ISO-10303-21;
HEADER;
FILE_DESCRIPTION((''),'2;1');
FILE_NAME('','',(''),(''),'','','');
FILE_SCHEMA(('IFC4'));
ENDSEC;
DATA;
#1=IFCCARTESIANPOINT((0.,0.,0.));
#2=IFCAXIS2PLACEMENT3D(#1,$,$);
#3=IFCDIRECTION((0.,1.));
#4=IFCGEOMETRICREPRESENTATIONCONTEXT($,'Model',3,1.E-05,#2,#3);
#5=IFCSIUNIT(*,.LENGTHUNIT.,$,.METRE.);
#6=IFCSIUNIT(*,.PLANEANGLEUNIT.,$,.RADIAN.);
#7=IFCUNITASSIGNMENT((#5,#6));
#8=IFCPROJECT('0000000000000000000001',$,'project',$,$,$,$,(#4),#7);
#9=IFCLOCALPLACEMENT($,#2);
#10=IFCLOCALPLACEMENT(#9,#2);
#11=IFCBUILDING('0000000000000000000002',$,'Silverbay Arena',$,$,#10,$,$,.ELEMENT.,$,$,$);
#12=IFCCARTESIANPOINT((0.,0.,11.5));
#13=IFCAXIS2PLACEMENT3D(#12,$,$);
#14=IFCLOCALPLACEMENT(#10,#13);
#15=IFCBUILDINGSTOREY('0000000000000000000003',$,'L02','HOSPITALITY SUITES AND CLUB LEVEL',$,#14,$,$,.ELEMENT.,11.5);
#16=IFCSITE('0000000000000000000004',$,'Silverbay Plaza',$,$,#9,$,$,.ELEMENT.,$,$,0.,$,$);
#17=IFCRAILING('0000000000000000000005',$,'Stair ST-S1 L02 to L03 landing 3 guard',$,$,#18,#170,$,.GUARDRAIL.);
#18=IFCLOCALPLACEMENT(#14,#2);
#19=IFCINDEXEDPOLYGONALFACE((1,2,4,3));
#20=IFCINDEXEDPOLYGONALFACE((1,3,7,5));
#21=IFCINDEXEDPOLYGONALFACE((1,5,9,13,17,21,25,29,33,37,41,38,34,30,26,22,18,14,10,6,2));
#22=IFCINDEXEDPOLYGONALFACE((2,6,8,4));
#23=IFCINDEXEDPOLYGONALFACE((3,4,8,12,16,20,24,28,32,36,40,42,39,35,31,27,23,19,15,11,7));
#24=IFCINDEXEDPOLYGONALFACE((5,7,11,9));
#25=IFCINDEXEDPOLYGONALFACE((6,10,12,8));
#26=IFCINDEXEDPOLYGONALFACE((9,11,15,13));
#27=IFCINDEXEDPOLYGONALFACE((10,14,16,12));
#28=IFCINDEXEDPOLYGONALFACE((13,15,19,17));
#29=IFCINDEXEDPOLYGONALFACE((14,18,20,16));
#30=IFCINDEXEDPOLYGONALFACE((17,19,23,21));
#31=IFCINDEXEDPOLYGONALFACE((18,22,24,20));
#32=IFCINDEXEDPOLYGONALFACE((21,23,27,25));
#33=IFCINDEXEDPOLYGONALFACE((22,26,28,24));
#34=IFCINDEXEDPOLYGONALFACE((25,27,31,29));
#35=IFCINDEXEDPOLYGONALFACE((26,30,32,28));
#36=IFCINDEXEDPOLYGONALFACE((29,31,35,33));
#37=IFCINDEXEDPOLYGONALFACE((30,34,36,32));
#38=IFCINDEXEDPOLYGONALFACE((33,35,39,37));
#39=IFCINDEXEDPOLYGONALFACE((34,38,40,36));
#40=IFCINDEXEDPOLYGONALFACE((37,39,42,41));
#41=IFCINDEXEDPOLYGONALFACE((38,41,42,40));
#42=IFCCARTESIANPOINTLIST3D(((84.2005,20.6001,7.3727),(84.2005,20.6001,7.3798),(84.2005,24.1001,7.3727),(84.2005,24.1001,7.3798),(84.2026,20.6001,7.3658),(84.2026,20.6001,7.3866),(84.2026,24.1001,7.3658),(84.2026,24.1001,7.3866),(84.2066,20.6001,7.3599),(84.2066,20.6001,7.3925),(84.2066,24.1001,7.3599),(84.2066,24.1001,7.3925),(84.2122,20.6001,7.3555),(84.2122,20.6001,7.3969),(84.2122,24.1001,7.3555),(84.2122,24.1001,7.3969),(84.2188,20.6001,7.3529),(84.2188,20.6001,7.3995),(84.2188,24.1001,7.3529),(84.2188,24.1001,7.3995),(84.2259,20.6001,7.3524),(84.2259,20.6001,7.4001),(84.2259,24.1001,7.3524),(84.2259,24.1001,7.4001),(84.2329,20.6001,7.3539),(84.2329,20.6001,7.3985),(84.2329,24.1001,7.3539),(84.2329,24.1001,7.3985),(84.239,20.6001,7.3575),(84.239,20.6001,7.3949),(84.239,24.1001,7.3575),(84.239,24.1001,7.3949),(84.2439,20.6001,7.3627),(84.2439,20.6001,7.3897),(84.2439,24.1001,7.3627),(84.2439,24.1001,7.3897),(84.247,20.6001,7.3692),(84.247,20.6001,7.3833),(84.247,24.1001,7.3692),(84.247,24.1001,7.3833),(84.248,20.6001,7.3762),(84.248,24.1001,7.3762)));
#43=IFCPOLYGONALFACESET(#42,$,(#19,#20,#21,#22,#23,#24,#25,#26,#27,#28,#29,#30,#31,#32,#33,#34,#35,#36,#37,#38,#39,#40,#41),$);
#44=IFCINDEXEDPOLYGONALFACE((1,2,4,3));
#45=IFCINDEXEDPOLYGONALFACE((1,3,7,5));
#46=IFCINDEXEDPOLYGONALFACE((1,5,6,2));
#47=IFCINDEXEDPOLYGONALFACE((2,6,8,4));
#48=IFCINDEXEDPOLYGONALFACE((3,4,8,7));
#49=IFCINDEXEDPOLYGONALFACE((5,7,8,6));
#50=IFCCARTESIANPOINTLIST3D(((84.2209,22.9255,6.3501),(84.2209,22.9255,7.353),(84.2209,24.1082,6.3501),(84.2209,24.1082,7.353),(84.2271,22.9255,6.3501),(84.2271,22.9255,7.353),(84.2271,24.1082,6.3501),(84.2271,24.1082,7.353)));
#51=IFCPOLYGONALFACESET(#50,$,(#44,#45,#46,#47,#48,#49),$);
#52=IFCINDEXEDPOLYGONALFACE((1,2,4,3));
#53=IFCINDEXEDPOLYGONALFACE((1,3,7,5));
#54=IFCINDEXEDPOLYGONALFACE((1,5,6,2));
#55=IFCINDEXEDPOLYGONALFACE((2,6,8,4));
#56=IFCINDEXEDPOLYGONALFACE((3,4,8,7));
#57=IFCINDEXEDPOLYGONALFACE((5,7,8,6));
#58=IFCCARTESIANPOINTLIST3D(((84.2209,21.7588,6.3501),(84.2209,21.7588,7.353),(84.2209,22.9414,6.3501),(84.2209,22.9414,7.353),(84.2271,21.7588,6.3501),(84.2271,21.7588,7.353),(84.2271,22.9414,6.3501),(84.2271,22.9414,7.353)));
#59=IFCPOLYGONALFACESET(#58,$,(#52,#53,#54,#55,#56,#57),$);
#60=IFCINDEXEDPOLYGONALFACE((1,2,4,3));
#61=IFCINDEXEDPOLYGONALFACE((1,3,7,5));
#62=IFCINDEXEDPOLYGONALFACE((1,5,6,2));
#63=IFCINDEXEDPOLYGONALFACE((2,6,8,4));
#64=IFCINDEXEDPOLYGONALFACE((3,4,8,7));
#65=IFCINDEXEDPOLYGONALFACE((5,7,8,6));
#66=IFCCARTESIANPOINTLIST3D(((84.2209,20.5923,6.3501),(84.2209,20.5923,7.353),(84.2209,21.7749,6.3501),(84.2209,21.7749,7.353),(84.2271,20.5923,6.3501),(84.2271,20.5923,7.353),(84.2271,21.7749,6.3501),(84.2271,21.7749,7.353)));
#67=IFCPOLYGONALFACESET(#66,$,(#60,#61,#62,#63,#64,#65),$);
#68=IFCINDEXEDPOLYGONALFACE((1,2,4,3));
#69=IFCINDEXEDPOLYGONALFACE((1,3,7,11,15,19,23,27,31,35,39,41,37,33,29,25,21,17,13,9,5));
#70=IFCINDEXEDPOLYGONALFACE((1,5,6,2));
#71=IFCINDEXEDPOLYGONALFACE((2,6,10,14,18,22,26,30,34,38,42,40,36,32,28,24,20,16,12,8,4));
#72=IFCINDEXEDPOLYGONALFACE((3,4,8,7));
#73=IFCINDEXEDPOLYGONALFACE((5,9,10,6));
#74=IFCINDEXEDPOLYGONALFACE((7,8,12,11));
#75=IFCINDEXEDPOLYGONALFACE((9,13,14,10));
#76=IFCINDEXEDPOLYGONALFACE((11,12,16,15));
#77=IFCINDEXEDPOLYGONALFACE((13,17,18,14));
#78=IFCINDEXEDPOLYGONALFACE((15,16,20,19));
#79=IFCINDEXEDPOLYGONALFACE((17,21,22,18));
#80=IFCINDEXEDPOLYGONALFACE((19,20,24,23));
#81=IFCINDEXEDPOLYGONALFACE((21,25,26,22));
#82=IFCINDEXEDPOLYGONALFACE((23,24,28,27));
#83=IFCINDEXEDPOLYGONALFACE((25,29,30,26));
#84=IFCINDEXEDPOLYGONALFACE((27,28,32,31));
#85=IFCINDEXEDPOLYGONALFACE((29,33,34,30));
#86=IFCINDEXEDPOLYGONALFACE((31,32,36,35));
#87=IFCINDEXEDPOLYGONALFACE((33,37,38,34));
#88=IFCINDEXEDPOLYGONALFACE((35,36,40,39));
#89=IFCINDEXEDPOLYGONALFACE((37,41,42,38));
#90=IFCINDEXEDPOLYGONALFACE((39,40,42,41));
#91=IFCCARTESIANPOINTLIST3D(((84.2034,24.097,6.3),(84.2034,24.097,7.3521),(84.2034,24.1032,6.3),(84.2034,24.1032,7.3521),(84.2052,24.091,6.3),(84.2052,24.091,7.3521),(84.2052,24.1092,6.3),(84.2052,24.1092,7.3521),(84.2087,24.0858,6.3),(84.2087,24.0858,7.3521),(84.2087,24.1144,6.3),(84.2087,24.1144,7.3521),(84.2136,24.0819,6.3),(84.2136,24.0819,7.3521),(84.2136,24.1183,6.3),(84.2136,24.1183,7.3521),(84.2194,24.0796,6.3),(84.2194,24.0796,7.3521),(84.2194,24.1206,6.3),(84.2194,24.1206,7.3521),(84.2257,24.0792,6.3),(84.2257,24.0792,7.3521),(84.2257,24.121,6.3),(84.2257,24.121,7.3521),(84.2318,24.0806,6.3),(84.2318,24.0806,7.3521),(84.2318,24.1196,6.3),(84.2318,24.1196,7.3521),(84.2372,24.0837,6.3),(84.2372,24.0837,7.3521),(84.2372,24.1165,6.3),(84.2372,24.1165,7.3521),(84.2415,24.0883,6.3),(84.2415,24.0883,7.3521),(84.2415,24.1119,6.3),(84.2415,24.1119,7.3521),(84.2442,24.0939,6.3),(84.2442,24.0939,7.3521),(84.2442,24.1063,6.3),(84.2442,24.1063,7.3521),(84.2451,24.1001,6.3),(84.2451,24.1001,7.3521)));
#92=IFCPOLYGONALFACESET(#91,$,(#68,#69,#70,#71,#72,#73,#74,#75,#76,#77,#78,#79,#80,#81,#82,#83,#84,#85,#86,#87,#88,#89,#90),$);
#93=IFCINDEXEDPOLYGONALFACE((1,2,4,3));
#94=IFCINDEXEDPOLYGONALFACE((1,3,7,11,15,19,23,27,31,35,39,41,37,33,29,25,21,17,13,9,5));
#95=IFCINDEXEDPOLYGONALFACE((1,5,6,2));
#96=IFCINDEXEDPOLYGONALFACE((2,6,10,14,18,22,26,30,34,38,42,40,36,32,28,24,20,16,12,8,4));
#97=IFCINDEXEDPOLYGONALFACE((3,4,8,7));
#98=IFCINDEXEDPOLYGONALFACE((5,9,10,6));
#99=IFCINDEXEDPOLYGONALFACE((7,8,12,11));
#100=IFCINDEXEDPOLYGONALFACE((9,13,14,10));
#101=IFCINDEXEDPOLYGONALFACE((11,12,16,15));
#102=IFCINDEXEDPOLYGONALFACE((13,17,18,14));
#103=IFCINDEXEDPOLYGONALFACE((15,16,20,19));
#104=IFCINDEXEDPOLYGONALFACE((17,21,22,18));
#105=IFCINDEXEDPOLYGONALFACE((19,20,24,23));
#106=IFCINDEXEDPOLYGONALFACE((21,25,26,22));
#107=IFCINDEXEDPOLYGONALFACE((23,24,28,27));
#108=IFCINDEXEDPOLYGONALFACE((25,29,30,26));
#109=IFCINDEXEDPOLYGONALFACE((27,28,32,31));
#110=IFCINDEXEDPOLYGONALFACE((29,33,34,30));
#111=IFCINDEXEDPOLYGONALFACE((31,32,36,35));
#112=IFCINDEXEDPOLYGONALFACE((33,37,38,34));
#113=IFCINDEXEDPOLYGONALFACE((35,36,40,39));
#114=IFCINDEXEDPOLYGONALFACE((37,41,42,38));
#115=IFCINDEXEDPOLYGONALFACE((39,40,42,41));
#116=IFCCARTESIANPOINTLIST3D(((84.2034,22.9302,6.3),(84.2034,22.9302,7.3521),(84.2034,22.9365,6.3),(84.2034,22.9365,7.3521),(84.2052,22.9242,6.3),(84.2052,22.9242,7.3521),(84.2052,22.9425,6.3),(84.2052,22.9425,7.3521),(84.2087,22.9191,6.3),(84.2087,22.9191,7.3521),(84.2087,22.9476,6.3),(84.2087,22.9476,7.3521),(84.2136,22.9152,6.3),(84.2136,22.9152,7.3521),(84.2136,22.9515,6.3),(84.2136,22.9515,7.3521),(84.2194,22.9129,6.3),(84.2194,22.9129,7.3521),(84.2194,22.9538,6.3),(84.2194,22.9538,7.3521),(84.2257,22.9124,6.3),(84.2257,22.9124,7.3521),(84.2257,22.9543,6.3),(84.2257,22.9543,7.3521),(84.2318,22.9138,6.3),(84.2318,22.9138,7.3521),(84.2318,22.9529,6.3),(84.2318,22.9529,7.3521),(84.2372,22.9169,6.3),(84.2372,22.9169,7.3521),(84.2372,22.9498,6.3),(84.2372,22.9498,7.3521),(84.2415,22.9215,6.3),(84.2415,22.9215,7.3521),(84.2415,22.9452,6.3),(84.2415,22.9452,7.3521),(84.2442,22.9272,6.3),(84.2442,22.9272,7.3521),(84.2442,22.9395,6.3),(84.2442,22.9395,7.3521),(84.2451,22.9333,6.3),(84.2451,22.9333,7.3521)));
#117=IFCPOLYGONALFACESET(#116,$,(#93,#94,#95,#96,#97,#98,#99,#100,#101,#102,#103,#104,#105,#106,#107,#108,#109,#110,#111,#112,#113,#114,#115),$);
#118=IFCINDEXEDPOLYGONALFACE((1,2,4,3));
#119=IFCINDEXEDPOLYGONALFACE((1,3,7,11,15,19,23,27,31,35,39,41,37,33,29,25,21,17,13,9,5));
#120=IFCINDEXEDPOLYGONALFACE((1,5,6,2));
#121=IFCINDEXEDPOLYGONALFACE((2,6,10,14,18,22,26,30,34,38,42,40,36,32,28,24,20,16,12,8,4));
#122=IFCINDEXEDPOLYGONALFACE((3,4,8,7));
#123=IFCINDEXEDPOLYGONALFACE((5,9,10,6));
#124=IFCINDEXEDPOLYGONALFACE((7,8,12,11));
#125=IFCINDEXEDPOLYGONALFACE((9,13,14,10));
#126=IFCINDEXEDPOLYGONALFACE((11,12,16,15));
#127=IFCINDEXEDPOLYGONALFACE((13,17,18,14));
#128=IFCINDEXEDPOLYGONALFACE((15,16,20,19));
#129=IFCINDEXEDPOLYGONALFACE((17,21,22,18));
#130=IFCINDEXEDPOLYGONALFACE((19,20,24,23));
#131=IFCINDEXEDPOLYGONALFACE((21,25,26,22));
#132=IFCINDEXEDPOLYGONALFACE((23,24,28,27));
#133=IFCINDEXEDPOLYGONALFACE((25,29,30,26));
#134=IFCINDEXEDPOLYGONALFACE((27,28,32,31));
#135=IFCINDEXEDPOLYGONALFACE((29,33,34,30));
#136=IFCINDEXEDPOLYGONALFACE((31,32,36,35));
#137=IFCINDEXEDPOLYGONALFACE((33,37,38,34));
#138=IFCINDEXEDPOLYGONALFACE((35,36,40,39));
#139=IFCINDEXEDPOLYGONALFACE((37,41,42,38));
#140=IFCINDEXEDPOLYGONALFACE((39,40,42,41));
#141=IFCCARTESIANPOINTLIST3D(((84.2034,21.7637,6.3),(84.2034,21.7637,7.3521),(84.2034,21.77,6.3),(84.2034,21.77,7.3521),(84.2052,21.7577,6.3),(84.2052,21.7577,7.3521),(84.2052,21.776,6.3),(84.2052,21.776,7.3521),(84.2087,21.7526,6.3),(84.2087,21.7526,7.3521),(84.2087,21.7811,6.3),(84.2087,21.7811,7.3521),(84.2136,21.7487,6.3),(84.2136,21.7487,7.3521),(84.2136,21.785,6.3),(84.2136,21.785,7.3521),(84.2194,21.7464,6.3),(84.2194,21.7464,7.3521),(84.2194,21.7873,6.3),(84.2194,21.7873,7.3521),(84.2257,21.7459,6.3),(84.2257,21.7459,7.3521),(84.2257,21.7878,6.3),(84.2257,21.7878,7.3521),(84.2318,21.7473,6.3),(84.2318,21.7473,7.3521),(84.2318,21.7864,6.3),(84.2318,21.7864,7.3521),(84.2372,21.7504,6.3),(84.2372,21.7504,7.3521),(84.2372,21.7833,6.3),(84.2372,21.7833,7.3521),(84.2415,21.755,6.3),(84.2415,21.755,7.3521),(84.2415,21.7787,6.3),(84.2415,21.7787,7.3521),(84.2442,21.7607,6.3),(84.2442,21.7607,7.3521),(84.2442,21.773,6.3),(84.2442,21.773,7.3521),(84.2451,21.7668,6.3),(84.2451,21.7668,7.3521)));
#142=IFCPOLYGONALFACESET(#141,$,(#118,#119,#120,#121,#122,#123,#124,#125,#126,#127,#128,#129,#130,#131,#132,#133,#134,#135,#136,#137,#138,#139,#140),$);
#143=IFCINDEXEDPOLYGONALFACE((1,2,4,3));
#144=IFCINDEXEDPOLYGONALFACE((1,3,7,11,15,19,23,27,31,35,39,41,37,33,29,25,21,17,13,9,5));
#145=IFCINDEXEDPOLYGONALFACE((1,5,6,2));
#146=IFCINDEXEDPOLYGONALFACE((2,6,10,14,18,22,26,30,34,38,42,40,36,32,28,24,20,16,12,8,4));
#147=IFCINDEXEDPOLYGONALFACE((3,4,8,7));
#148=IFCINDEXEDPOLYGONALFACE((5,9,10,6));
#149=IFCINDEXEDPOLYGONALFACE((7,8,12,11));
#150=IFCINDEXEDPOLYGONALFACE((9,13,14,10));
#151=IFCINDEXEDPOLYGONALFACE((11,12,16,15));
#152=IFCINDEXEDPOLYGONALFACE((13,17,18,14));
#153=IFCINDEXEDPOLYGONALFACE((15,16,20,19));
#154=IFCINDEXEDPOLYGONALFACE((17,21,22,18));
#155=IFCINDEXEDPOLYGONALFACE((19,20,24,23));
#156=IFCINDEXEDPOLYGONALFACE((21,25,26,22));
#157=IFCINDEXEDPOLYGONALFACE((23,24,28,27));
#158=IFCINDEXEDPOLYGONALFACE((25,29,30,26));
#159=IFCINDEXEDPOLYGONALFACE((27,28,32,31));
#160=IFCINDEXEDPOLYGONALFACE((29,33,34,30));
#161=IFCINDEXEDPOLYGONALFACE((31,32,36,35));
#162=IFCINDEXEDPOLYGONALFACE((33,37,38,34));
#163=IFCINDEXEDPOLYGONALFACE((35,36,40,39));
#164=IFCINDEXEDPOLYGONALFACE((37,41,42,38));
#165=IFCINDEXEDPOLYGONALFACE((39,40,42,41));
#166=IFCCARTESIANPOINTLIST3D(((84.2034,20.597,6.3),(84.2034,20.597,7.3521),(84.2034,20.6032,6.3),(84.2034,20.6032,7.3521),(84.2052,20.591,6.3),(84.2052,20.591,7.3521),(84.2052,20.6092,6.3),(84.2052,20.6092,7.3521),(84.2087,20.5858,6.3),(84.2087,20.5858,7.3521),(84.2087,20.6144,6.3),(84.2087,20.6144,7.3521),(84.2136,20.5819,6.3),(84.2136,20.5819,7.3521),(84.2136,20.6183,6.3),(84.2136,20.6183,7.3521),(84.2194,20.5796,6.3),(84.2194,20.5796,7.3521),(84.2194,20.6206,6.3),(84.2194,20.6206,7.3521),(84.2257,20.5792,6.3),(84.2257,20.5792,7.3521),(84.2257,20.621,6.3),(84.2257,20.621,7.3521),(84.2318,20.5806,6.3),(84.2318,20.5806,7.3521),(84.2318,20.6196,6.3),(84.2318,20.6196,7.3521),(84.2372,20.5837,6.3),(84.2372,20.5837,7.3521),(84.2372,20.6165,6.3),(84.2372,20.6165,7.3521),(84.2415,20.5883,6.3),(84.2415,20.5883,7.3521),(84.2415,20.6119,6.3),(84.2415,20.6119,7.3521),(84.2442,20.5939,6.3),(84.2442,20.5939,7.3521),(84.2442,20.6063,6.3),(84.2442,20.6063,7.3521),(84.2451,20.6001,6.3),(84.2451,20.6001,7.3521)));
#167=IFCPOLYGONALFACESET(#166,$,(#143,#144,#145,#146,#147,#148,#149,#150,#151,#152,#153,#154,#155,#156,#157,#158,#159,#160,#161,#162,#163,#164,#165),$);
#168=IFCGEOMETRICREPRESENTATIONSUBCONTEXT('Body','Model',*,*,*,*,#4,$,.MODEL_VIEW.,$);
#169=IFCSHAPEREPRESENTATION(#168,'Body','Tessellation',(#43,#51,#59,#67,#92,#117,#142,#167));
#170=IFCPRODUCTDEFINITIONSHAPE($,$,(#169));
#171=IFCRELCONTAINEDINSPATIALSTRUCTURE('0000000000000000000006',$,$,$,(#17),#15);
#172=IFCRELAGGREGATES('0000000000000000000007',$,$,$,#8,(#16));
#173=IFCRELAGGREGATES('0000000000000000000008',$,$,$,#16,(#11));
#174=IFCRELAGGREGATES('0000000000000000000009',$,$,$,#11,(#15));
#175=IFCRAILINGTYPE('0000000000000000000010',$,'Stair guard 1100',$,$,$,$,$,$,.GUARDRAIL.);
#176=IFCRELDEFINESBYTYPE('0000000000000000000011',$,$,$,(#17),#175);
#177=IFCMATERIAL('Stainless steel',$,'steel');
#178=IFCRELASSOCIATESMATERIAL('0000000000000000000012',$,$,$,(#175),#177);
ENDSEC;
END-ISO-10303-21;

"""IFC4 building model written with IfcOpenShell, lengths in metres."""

from ifc_helpers import new_model, si_unit, direction, frame, origin, origin_2d, place, context, subcontext, project, spatial, polyline, circle, outline, extrude, material, type_object, element, save


model = new_model("IFC4")

# Units and contexts
model_context = context("Model", 3, precision=1e-05, world=origin(), true_north=direction((0.0, 1.0)))
body_context = subcontext(model_context, "Body", "Model", "MODEL_VIEW")
ifc_project = project(units=[si_unit("LENGTHUNIT", "METRE"), si_unit("PLANEANGLEUNIT", "RADIAN")], contexts=[model_context])

# Site, building, storey
site_placement = place(None, origin())
site = spatial("IfcSite", under=ifc_project, at=site_placement, Name="Silverbay Plaza", CompositionType="ELEMENT", RefElevation=0.0)
building_placement = place(site_placement, origin())
building = spatial("IfcBuilding", under=site, at=building_placement, Name="Silverbay Arena", CompositionType="ELEMENT")
storey_placement = place(building_placement, frame((0.0, 0.0, 11.5)))
storey = spatial("IfcBuildingStorey", under=building, at=storey_placement, Name="L02", Description="HOSPITALITY SUITES AND CLUB LEVEL", CompositionType="ELEMENT", Elevation=11.5)

# Railing
ifc_material_1 = material(Name="Stainless steel", Category="steel")
railing_type_1 = type_object("IfcRailingType", Name="Stair guard 1100", PredefinedType="GUARDRAIL", material=ifc_material_1)
for number, where, name in (
    (1, (84.2241, 24.1001, 6.3), "Stair ST-S1 L02 to L03 landing 3 guard"),
):
    element("IfcRailing", number, at=place(storey_placement, frame(where)), inside=storey, type_object=railing_type_1, Name=name, PredefinedType="GUARDRAIL", context=body_context, shape_type="SweptSolid", body=[
        extrude(circle(Radius=0.0239, at=origin_2d()), frame((0.0, 0.0, 1.0762), z_axis=(0.0, -1.0, 0.0), x_axis=(1.0, 0.0, 0.0)), (0.0, 0.0, 1.0), 3.5),
        extrude(outline(polyline([(-0.0081, 0.05), (1.1746, 0.05), (1.1746, 1.053), (-0.0081, 1.053), (-0.0081, 0.05)])), frame((0.0029, 0.0, 0.0), z_axis=(-1.0, 0.0, 0.0), x_axis=(0.0, -1.0, 0.0)), (0.0, 0.0, 1.0), 0.0061),
        extrude(outline(polyline([(-0.0081, 0.05), (1.1746, 0.05), (1.1746, 1.053), (-0.0081, 1.053), (-0.0081, 0.05)])), frame((0.0029, -1.1667, 0.0), z_axis=(-1.0, 0.0, 0.0), x_axis=(0.0, -1.0, 0.0)), (0.0, 0.0, 1.0), 0.0061),
        extrude(outline(polyline([(-0.0081, 0.05), (1.1746, 0.05), (1.1746, 1.053), (-0.0081, 1.053), (-0.0081, 0.05)])), frame((0.0029, -2.3333, 0.0), z_axis=(-1.0, 0.0, 0.0), x_axis=(0.0, -1.0, 0.0)), (0.0, 0.0, 1.0), 0.0061),
        extrude(circle(Radius=0.021, at=origin_2d()), origin(), (0.0, 0.0, 1.0), 1.052),
        extrude(circle(Radius=0.021, at=origin_2d()), frame((0.0, -1.1667, 0.0)), (0.0, 0.0, 1.0), 1.052),
        extrude(circle(Radius=0.021, at=origin_2d()), frame((0.0, -2.3333, 0.0)), (0.0, 0.0, 1.0), 1.052),
        extrude(circle(Radius=0.021, at=origin_2d()), frame((0.0, -3.5, 0.0)), (0.0, 0.0, 1.0), 1.052),
    ])

save(model, "model.ifc")
